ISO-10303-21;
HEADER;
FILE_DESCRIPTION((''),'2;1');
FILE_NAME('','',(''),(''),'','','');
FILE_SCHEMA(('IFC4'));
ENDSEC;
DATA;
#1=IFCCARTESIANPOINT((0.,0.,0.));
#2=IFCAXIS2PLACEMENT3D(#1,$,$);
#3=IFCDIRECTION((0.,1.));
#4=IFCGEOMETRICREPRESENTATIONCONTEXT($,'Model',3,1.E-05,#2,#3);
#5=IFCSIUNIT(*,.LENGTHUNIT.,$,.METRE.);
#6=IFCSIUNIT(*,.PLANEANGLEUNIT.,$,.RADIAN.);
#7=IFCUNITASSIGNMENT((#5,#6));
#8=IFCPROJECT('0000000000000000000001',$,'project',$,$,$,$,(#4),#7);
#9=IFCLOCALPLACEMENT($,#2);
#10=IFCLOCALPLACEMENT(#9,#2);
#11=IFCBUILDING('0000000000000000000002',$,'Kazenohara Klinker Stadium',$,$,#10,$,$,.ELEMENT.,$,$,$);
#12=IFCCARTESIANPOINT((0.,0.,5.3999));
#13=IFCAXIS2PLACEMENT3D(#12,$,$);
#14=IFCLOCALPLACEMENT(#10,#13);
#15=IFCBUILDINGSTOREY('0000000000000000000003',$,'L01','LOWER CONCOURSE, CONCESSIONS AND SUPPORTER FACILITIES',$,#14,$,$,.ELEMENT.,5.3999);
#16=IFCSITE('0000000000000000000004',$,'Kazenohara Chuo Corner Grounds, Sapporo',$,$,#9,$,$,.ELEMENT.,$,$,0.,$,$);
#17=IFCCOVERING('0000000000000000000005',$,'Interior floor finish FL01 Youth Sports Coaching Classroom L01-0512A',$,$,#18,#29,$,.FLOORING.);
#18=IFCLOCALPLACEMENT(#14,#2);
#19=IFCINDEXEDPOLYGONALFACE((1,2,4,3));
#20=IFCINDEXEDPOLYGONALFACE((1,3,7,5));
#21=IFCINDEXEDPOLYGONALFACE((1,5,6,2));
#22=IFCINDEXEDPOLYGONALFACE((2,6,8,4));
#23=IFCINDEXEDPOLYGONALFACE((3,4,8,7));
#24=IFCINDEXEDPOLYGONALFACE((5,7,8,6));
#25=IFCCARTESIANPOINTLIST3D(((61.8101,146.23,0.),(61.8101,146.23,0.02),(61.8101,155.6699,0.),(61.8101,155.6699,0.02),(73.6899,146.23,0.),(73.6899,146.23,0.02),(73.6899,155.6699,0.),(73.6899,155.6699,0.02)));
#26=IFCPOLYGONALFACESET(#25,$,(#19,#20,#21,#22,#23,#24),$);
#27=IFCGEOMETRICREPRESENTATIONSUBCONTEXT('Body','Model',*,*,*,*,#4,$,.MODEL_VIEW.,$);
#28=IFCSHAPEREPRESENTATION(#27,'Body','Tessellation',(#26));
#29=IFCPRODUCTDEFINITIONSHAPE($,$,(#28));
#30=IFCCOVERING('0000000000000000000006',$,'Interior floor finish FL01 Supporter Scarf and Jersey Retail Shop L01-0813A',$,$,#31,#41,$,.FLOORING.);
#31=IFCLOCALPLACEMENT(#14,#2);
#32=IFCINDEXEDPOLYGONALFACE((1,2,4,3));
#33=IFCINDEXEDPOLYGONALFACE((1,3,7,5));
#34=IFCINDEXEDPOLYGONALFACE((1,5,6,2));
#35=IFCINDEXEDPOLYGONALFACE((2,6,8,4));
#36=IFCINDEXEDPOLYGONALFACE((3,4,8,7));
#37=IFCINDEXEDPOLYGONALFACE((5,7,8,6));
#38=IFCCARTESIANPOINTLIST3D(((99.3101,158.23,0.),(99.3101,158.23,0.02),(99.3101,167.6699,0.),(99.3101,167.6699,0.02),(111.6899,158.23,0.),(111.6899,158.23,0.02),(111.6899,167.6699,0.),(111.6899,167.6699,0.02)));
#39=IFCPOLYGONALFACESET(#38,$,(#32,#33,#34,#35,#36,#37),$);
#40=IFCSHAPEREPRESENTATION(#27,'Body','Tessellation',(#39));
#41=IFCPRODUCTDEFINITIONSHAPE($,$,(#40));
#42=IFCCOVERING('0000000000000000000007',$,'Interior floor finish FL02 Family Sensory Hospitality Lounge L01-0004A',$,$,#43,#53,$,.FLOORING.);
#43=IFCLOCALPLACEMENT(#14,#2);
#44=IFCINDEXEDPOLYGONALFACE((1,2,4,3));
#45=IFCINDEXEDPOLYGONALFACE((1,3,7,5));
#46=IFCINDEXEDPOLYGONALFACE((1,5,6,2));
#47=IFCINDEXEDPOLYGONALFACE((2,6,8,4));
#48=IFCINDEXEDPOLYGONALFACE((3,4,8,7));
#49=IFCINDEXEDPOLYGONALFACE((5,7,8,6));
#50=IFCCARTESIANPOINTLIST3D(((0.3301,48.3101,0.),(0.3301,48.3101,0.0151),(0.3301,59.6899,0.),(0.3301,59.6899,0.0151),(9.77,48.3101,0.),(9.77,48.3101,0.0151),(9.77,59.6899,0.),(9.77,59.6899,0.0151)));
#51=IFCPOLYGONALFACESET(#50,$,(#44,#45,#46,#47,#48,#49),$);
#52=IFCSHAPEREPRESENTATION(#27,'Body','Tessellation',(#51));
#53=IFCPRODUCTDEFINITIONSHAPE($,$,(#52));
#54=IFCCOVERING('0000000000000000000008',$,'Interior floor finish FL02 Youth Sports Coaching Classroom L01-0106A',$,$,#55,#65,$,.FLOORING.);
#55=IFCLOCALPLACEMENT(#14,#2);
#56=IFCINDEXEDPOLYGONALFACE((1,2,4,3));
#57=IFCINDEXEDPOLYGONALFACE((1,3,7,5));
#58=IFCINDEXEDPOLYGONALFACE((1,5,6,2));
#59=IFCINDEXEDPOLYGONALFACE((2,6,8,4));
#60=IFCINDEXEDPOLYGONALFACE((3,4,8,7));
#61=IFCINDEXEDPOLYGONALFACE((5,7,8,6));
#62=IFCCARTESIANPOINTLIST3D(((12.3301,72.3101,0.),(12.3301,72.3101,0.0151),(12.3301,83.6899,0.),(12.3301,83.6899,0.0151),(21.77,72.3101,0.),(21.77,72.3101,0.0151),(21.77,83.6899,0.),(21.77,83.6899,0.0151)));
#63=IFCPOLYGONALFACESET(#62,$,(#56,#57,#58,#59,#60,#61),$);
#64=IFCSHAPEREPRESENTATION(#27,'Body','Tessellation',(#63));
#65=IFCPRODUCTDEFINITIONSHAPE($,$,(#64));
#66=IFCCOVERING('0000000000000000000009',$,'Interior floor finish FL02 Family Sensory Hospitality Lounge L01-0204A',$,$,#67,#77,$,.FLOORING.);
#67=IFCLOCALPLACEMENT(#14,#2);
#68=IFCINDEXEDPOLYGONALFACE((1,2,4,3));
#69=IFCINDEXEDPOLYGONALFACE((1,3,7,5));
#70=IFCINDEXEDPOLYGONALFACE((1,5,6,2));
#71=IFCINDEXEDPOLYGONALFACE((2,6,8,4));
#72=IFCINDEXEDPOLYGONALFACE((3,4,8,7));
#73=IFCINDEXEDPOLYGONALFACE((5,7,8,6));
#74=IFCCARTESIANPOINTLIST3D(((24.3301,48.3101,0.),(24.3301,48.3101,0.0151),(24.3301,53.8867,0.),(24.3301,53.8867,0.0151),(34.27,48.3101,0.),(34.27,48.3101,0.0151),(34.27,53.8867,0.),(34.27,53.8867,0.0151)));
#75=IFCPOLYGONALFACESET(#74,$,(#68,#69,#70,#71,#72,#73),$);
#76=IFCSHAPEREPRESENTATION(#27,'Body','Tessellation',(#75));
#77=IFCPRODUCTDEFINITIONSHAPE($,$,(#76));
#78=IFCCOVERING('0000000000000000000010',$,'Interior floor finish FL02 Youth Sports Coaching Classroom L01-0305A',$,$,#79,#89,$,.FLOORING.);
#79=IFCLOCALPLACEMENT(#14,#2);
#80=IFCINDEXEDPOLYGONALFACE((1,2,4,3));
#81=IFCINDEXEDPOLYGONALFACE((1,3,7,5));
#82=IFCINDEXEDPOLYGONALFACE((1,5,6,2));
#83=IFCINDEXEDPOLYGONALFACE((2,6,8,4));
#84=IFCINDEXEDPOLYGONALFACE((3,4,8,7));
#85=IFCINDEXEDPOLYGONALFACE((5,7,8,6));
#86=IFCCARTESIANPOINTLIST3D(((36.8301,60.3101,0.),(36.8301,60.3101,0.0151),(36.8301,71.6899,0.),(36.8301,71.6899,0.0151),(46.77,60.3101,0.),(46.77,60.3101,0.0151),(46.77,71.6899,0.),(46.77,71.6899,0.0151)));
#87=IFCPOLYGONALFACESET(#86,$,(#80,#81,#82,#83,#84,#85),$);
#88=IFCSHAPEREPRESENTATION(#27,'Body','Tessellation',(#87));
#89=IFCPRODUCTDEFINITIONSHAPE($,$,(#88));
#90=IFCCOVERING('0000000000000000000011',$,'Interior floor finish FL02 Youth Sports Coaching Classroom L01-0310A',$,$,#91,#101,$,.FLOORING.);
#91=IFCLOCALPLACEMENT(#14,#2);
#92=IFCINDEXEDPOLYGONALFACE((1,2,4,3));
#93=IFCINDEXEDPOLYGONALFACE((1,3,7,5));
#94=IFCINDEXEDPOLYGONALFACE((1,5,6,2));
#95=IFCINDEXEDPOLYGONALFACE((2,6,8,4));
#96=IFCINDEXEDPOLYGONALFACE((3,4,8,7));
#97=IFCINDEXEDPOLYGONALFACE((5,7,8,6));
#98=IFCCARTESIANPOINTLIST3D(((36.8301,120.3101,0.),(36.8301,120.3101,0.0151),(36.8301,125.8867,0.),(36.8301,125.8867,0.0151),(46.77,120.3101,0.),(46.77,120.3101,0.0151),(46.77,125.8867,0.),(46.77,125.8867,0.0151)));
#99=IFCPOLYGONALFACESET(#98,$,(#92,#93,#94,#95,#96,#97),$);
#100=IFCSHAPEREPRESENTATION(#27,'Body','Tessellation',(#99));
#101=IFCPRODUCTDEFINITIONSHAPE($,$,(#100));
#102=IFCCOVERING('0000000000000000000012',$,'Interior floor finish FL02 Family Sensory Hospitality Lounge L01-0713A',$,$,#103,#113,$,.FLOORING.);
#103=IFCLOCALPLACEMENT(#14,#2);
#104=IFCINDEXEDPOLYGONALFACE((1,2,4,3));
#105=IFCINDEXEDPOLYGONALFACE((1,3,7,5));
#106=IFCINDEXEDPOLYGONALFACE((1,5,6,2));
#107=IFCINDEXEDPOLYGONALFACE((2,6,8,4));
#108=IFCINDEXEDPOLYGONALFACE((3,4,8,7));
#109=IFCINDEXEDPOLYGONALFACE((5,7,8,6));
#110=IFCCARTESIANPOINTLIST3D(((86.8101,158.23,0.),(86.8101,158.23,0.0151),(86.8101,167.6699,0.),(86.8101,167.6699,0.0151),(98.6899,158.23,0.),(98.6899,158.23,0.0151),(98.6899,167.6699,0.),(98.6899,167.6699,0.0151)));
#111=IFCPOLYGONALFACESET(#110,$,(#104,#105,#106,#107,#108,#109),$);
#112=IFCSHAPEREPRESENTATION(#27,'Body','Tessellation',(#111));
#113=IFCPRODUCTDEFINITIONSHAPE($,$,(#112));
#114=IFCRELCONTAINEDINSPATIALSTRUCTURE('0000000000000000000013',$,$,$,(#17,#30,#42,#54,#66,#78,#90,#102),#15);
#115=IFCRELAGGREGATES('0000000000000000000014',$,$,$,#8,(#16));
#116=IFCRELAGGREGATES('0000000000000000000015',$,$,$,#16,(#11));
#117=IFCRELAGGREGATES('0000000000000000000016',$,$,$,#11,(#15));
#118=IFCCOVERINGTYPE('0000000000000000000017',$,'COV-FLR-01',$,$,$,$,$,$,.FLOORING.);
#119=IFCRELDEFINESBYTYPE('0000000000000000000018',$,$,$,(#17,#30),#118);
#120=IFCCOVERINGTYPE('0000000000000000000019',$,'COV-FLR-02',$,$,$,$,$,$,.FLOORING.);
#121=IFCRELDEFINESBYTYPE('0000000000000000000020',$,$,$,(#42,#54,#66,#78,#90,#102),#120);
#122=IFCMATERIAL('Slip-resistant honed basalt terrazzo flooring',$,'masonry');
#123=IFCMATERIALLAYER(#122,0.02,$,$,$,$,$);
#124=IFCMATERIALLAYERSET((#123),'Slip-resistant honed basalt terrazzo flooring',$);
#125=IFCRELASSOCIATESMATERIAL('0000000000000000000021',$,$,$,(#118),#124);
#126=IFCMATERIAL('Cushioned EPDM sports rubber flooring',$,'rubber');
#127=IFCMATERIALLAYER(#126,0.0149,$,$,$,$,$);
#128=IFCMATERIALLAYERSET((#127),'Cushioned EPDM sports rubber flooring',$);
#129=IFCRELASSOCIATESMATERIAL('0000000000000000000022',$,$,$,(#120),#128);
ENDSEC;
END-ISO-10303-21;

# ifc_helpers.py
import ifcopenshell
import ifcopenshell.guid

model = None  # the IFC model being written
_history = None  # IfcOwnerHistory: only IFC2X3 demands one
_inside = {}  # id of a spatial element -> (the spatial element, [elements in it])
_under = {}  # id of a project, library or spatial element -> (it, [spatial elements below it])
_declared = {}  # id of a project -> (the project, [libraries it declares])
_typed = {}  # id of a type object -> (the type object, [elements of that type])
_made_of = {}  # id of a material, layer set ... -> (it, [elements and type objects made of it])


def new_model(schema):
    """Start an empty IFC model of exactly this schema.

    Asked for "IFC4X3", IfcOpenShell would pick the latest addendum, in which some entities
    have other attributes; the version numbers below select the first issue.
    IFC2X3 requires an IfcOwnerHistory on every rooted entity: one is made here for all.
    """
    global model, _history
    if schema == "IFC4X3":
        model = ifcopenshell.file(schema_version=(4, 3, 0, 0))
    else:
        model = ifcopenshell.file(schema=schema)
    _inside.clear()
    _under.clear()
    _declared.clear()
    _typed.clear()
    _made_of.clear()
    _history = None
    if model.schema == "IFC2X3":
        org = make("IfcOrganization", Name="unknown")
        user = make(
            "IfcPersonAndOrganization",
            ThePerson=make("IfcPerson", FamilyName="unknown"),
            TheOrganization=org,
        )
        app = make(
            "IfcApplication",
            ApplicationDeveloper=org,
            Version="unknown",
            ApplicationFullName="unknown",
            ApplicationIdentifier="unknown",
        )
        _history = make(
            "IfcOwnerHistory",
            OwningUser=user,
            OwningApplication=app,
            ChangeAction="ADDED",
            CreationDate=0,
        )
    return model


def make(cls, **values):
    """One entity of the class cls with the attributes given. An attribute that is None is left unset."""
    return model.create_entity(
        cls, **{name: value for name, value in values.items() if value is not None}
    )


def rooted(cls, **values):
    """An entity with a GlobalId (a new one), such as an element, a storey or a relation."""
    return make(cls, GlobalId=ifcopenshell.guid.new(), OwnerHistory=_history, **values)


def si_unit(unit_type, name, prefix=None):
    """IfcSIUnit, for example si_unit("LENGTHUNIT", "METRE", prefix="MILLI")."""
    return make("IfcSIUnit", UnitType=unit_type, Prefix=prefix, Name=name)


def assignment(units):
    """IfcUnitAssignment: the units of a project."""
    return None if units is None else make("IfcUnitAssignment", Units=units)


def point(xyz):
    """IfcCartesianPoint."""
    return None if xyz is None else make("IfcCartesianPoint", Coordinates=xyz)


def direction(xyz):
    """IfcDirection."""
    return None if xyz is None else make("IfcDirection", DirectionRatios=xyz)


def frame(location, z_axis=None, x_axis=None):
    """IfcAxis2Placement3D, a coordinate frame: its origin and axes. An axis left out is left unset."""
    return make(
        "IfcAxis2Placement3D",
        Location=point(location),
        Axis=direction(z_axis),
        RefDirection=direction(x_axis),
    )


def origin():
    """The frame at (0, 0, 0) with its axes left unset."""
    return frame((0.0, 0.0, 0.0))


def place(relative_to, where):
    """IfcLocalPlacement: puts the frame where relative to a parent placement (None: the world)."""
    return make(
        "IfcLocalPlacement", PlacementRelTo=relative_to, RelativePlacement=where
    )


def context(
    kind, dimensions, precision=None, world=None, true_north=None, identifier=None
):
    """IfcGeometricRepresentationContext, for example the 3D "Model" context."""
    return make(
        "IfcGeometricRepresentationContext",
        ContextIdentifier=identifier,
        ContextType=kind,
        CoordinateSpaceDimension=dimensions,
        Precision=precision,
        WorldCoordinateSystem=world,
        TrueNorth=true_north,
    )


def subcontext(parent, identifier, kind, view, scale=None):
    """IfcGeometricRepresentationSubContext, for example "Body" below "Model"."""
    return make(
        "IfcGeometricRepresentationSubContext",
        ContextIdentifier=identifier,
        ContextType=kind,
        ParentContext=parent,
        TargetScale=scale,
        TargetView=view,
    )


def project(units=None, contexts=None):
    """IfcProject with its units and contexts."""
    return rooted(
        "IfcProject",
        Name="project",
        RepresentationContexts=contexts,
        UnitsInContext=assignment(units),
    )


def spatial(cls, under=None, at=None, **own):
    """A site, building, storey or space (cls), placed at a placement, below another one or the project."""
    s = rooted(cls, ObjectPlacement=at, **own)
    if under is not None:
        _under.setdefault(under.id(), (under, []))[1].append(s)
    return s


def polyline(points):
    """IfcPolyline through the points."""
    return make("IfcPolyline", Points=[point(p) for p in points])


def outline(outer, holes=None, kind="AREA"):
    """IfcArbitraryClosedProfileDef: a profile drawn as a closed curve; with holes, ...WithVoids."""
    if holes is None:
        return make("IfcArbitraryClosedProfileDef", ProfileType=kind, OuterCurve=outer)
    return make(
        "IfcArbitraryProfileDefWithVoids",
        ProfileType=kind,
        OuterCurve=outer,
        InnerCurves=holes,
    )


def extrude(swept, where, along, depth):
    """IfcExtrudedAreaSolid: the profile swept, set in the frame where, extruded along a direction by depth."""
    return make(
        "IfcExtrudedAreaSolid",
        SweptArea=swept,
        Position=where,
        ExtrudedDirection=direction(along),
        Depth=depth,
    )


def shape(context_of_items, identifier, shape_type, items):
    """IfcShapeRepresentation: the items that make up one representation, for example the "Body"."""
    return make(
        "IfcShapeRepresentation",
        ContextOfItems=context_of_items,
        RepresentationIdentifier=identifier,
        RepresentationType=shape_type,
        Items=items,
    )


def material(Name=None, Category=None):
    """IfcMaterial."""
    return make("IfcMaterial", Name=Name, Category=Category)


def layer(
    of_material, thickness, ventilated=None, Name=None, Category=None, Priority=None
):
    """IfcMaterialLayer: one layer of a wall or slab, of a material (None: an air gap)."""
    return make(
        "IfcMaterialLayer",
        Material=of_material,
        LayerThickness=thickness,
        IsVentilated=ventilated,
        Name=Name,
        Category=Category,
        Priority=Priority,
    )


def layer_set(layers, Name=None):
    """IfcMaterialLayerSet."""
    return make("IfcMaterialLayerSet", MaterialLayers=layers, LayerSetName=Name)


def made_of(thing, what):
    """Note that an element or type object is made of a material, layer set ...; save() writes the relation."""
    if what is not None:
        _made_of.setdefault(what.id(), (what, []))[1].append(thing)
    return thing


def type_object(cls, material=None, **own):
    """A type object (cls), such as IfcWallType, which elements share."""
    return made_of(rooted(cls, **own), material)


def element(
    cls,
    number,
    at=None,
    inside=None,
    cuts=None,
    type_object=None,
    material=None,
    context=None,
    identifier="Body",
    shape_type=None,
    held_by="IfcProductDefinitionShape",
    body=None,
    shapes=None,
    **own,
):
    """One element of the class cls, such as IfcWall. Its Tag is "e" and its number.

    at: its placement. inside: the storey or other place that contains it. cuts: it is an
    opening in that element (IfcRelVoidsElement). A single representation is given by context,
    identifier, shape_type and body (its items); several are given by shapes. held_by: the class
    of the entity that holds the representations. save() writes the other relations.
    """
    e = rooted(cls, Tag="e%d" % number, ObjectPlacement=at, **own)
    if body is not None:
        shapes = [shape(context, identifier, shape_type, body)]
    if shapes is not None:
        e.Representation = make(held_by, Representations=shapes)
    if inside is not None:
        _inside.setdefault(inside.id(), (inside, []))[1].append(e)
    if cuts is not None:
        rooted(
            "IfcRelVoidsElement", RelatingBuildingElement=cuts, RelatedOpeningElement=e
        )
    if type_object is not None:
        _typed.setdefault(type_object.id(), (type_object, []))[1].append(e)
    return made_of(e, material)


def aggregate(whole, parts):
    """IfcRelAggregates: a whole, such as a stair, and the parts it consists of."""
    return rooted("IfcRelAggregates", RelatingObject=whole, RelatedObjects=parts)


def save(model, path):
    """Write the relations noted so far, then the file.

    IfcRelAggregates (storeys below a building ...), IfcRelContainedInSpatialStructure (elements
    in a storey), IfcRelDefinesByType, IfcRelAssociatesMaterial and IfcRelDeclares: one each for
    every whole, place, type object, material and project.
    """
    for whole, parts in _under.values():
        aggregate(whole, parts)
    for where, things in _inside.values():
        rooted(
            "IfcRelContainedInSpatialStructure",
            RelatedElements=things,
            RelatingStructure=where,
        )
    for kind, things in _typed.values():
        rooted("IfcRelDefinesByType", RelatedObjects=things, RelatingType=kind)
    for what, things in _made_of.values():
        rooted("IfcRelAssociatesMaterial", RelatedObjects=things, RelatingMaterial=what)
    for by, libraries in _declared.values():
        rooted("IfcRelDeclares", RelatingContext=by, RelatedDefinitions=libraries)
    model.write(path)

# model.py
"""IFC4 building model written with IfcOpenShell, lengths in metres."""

from ifc_helpers import new_model, si_unit, direction, frame, origin, place, context, subcontext, project, spatial, polyline, outline, extrude, material, layer, layer_set, type_object, element, save


model = new_model("IFC4")

# Units and contexts
model_context = context("Model", 3, precision=1e-05, world=origin(), true_north=direction((0.0, 1.0)))
body_context = subcontext(model_context, "Body", "Model", "MODEL_VIEW")
ifc_project = project(units=[si_unit("LENGTHUNIT", "METRE"), si_unit("PLANEANGLEUNIT", "RADIAN")], contexts=[model_context])

# Site, building, storey
site_placement = place(None, origin())
site = spatial("IfcSite", under=ifc_project, at=site_placement, Name="Kazenohara Chuo Corner Grounds, Sapporo", CompositionType="ELEMENT", RefElevation=0.0)
building_placement = place(site_placement, origin())
building = spatial("IfcBuilding", under=site, at=building_placement, Name="Kazenohara Klinker Stadium", CompositionType="ELEMENT")
storey_placement = place(building_placement, frame((0.0, 0.0, 5.3999)))
storey = spatial("IfcBuildingStorey", under=building, at=storey_placement, Name="L01", Description="LOWER CONCOURSE, CONCESSIONS AND SUPPORTER FACILITIES", CompositionType="ELEMENT", Elevation=5.3999)

# Coverings
ifc_material_1 = material(Name="Slip-resistant honed basalt terrazzo flooring", Category="masonry")
ifc_layer_1 = layer(ifc_material_1, 0.02)
ifc_layer_set_1 = layer_set([ifc_layer_1], Name="Slip-resistant honed basalt terrazzo flooring")
covering_type_1 = type_object("IfcCoveringType", Name="COV-FLR-01", PredefinedType="FLOORING", material=ifc_layer_set_1)
covering_1_placement = place(storey_placement, origin())
element("IfcCovering", 1, at=covering_1_placement, inside=storey, type_object=covering_type_1, Name="Interior floor finish FL01 Youth Sports Coaching Classroom L01-0512A", PredefinedType="FLOORING", context=body_context, shape_type="SweptSolid", body=[
    extrude(outline(polyline([(61.8101, 146.23), (73.6899, 146.23), (73.6899, 155.6699), (61.8101, 155.6699), (61.8101, 146.23)])), origin(), (0.0, 0.0, 1.0), 0.02),
])
covering_2_placement = place(storey_placement, origin())
element("IfcCovering", 2, at=covering_2_placement, inside=storey, type_object=covering_type_1, Name="Interior floor finish FL01 Supporter Scarf and Jersey Retail Shop L01-0813A", PredefinedType="FLOORING", context=body_context, shape_type="SweptSolid", body=[
    extrude(outline(polyline([(99.3101, 158.23), (111.6899, 158.23), (111.6899, 167.6699), (99.3101, 167.6699), (99.3101, 158.23)])), origin(), (0.0, 0.0, 1.0), 0.02),
])
ifc_material_2 = material(Name="Cushioned EPDM sports rubber flooring", Category="rubber")
ifc_layer_2 = layer(ifc_material_2, 0.0149)
ifc_layer_set_2 = layer_set([ifc_layer_2], Name="Cushioned EPDM sports rubber flooring")
covering_type_2 = type_object("IfcCoveringType", Name="COV-FLR-02", PredefinedType="FLOORING", material=ifc_layer_set_2)
covering_3_placement = place(storey_placement, origin())
element("IfcCovering", 3, at=covering_3_placement, inside=storey, type_object=covering_type_2, Name="Interior floor finish FL02 Family Sensory Hospitality Lounge L01-0004A", PredefinedType="FLOORING", context=body_context, shape_type="SweptSolid", body=[
    extrude(outline(polyline([(0.3301, 48.3101), (9.77, 48.3101), (9.77, 59.6899), (0.3301, 59.6899), (0.3301, 48.3101)])), origin(), (0.0, 0.0, 1.0), 0.0151),
])
covering_4_placement = place(storey_placement, origin())
element("IfcCovering", 4, at=covering_4_placement, inside=storey, type_object=covering_type_2, Name="Interior floor finish FL02 Youth Sports Coaching Classroom L01-0106A", PredefinedType="FLOORING", context=body_context, shape_type="SweptSolid", body=[
    extrude(outline(polyline([(12.3301, 72.3101), (21.77, 72.3101), (21.77, 83.6899), (12.3301, 83.6899), (12.3301, 72.3101)])), origin(), (0.0, 0.0, 1.0), 0.0151),
])
covering_5_placement = place(storey_placement, origin())
element("IfcCovering", 5, at=covering_5_placement, inside=storey, type_object=covering_type_2, Name="Interior floor finish FL02 Family Sensory Hospitality Lounge L01-0204A", PredefinedType="FLOORING", context=body_context, shape_type="SweptSolid", body=[
    extrude(outline(polyline([(24.3301, 48.3101), (34.27, 48.3101), (34.27, 53.8867), (24.3301, 53.8867), (24.3301, 48.3101)])), origin(), (0.0, 0.0, 1.0), 0.0151),
])
covering_6_placement = place(storey_placement, origin())
element("IfcCovering", 6, at=covering_6_placement, inside=storey, type_object=covering_type_2, Name="Interior floor finish FL02 Youth Sports Coaching Classroom L01-0305A", PredefinedType="FLOORING", context=body_context, shape_type="SweptSolid", body=[
    extrude(outline(polyline([(36.8301, 60.3101), (46.77, 60.3101), (46.77, 71.6899), (36.8301, 71.6899), (36.8301, 60.3101)])), origin(), (0.0, 0.0, 1.0), 0.0151),
])
covering_7_placement = place(storey_placement, origin())
element("IfcCovering", 7, at=covering_7_placement, inside=storey, type_object=covering_type_2, Name="Interior floor finish FL02 Youth Sports Coaching Classroom L01-0310A", PredefinedType="FLOORING", context=body_context, shape_type="SweptSolid", body=[
    extrude(outline(polyline([(36.8301, 120.3101), (46.77, 120.3101), (46.77, 125.8867), (36.8301, 125.8867), (36.8301, 120.3101)])), origin(), (0.0, 0.0, 1.0), 0.0151),
])
covering_8_placement = place(storey_placement, origin())
element("IfcCovering", 8, at=covering_8_placement, inside=storey, type_object=covering_type_2, Name="Interior floor finish FL02 Family Sensory Hospitality Lounge L01-0713A", PredefinedType="FLOORING", context=body_context, shape_type="SweptSolid", body=[
    extrude(outline(polyline([(86.8101, 158.23), (98.6899, 158.23), (98.6899, 167.6699), (86.8101, 167.6699), (86.8101, 158.23)])), origin(), (0.0, 0.0, 1.0), 0.0151),
])

save(model, "model.ifc")
